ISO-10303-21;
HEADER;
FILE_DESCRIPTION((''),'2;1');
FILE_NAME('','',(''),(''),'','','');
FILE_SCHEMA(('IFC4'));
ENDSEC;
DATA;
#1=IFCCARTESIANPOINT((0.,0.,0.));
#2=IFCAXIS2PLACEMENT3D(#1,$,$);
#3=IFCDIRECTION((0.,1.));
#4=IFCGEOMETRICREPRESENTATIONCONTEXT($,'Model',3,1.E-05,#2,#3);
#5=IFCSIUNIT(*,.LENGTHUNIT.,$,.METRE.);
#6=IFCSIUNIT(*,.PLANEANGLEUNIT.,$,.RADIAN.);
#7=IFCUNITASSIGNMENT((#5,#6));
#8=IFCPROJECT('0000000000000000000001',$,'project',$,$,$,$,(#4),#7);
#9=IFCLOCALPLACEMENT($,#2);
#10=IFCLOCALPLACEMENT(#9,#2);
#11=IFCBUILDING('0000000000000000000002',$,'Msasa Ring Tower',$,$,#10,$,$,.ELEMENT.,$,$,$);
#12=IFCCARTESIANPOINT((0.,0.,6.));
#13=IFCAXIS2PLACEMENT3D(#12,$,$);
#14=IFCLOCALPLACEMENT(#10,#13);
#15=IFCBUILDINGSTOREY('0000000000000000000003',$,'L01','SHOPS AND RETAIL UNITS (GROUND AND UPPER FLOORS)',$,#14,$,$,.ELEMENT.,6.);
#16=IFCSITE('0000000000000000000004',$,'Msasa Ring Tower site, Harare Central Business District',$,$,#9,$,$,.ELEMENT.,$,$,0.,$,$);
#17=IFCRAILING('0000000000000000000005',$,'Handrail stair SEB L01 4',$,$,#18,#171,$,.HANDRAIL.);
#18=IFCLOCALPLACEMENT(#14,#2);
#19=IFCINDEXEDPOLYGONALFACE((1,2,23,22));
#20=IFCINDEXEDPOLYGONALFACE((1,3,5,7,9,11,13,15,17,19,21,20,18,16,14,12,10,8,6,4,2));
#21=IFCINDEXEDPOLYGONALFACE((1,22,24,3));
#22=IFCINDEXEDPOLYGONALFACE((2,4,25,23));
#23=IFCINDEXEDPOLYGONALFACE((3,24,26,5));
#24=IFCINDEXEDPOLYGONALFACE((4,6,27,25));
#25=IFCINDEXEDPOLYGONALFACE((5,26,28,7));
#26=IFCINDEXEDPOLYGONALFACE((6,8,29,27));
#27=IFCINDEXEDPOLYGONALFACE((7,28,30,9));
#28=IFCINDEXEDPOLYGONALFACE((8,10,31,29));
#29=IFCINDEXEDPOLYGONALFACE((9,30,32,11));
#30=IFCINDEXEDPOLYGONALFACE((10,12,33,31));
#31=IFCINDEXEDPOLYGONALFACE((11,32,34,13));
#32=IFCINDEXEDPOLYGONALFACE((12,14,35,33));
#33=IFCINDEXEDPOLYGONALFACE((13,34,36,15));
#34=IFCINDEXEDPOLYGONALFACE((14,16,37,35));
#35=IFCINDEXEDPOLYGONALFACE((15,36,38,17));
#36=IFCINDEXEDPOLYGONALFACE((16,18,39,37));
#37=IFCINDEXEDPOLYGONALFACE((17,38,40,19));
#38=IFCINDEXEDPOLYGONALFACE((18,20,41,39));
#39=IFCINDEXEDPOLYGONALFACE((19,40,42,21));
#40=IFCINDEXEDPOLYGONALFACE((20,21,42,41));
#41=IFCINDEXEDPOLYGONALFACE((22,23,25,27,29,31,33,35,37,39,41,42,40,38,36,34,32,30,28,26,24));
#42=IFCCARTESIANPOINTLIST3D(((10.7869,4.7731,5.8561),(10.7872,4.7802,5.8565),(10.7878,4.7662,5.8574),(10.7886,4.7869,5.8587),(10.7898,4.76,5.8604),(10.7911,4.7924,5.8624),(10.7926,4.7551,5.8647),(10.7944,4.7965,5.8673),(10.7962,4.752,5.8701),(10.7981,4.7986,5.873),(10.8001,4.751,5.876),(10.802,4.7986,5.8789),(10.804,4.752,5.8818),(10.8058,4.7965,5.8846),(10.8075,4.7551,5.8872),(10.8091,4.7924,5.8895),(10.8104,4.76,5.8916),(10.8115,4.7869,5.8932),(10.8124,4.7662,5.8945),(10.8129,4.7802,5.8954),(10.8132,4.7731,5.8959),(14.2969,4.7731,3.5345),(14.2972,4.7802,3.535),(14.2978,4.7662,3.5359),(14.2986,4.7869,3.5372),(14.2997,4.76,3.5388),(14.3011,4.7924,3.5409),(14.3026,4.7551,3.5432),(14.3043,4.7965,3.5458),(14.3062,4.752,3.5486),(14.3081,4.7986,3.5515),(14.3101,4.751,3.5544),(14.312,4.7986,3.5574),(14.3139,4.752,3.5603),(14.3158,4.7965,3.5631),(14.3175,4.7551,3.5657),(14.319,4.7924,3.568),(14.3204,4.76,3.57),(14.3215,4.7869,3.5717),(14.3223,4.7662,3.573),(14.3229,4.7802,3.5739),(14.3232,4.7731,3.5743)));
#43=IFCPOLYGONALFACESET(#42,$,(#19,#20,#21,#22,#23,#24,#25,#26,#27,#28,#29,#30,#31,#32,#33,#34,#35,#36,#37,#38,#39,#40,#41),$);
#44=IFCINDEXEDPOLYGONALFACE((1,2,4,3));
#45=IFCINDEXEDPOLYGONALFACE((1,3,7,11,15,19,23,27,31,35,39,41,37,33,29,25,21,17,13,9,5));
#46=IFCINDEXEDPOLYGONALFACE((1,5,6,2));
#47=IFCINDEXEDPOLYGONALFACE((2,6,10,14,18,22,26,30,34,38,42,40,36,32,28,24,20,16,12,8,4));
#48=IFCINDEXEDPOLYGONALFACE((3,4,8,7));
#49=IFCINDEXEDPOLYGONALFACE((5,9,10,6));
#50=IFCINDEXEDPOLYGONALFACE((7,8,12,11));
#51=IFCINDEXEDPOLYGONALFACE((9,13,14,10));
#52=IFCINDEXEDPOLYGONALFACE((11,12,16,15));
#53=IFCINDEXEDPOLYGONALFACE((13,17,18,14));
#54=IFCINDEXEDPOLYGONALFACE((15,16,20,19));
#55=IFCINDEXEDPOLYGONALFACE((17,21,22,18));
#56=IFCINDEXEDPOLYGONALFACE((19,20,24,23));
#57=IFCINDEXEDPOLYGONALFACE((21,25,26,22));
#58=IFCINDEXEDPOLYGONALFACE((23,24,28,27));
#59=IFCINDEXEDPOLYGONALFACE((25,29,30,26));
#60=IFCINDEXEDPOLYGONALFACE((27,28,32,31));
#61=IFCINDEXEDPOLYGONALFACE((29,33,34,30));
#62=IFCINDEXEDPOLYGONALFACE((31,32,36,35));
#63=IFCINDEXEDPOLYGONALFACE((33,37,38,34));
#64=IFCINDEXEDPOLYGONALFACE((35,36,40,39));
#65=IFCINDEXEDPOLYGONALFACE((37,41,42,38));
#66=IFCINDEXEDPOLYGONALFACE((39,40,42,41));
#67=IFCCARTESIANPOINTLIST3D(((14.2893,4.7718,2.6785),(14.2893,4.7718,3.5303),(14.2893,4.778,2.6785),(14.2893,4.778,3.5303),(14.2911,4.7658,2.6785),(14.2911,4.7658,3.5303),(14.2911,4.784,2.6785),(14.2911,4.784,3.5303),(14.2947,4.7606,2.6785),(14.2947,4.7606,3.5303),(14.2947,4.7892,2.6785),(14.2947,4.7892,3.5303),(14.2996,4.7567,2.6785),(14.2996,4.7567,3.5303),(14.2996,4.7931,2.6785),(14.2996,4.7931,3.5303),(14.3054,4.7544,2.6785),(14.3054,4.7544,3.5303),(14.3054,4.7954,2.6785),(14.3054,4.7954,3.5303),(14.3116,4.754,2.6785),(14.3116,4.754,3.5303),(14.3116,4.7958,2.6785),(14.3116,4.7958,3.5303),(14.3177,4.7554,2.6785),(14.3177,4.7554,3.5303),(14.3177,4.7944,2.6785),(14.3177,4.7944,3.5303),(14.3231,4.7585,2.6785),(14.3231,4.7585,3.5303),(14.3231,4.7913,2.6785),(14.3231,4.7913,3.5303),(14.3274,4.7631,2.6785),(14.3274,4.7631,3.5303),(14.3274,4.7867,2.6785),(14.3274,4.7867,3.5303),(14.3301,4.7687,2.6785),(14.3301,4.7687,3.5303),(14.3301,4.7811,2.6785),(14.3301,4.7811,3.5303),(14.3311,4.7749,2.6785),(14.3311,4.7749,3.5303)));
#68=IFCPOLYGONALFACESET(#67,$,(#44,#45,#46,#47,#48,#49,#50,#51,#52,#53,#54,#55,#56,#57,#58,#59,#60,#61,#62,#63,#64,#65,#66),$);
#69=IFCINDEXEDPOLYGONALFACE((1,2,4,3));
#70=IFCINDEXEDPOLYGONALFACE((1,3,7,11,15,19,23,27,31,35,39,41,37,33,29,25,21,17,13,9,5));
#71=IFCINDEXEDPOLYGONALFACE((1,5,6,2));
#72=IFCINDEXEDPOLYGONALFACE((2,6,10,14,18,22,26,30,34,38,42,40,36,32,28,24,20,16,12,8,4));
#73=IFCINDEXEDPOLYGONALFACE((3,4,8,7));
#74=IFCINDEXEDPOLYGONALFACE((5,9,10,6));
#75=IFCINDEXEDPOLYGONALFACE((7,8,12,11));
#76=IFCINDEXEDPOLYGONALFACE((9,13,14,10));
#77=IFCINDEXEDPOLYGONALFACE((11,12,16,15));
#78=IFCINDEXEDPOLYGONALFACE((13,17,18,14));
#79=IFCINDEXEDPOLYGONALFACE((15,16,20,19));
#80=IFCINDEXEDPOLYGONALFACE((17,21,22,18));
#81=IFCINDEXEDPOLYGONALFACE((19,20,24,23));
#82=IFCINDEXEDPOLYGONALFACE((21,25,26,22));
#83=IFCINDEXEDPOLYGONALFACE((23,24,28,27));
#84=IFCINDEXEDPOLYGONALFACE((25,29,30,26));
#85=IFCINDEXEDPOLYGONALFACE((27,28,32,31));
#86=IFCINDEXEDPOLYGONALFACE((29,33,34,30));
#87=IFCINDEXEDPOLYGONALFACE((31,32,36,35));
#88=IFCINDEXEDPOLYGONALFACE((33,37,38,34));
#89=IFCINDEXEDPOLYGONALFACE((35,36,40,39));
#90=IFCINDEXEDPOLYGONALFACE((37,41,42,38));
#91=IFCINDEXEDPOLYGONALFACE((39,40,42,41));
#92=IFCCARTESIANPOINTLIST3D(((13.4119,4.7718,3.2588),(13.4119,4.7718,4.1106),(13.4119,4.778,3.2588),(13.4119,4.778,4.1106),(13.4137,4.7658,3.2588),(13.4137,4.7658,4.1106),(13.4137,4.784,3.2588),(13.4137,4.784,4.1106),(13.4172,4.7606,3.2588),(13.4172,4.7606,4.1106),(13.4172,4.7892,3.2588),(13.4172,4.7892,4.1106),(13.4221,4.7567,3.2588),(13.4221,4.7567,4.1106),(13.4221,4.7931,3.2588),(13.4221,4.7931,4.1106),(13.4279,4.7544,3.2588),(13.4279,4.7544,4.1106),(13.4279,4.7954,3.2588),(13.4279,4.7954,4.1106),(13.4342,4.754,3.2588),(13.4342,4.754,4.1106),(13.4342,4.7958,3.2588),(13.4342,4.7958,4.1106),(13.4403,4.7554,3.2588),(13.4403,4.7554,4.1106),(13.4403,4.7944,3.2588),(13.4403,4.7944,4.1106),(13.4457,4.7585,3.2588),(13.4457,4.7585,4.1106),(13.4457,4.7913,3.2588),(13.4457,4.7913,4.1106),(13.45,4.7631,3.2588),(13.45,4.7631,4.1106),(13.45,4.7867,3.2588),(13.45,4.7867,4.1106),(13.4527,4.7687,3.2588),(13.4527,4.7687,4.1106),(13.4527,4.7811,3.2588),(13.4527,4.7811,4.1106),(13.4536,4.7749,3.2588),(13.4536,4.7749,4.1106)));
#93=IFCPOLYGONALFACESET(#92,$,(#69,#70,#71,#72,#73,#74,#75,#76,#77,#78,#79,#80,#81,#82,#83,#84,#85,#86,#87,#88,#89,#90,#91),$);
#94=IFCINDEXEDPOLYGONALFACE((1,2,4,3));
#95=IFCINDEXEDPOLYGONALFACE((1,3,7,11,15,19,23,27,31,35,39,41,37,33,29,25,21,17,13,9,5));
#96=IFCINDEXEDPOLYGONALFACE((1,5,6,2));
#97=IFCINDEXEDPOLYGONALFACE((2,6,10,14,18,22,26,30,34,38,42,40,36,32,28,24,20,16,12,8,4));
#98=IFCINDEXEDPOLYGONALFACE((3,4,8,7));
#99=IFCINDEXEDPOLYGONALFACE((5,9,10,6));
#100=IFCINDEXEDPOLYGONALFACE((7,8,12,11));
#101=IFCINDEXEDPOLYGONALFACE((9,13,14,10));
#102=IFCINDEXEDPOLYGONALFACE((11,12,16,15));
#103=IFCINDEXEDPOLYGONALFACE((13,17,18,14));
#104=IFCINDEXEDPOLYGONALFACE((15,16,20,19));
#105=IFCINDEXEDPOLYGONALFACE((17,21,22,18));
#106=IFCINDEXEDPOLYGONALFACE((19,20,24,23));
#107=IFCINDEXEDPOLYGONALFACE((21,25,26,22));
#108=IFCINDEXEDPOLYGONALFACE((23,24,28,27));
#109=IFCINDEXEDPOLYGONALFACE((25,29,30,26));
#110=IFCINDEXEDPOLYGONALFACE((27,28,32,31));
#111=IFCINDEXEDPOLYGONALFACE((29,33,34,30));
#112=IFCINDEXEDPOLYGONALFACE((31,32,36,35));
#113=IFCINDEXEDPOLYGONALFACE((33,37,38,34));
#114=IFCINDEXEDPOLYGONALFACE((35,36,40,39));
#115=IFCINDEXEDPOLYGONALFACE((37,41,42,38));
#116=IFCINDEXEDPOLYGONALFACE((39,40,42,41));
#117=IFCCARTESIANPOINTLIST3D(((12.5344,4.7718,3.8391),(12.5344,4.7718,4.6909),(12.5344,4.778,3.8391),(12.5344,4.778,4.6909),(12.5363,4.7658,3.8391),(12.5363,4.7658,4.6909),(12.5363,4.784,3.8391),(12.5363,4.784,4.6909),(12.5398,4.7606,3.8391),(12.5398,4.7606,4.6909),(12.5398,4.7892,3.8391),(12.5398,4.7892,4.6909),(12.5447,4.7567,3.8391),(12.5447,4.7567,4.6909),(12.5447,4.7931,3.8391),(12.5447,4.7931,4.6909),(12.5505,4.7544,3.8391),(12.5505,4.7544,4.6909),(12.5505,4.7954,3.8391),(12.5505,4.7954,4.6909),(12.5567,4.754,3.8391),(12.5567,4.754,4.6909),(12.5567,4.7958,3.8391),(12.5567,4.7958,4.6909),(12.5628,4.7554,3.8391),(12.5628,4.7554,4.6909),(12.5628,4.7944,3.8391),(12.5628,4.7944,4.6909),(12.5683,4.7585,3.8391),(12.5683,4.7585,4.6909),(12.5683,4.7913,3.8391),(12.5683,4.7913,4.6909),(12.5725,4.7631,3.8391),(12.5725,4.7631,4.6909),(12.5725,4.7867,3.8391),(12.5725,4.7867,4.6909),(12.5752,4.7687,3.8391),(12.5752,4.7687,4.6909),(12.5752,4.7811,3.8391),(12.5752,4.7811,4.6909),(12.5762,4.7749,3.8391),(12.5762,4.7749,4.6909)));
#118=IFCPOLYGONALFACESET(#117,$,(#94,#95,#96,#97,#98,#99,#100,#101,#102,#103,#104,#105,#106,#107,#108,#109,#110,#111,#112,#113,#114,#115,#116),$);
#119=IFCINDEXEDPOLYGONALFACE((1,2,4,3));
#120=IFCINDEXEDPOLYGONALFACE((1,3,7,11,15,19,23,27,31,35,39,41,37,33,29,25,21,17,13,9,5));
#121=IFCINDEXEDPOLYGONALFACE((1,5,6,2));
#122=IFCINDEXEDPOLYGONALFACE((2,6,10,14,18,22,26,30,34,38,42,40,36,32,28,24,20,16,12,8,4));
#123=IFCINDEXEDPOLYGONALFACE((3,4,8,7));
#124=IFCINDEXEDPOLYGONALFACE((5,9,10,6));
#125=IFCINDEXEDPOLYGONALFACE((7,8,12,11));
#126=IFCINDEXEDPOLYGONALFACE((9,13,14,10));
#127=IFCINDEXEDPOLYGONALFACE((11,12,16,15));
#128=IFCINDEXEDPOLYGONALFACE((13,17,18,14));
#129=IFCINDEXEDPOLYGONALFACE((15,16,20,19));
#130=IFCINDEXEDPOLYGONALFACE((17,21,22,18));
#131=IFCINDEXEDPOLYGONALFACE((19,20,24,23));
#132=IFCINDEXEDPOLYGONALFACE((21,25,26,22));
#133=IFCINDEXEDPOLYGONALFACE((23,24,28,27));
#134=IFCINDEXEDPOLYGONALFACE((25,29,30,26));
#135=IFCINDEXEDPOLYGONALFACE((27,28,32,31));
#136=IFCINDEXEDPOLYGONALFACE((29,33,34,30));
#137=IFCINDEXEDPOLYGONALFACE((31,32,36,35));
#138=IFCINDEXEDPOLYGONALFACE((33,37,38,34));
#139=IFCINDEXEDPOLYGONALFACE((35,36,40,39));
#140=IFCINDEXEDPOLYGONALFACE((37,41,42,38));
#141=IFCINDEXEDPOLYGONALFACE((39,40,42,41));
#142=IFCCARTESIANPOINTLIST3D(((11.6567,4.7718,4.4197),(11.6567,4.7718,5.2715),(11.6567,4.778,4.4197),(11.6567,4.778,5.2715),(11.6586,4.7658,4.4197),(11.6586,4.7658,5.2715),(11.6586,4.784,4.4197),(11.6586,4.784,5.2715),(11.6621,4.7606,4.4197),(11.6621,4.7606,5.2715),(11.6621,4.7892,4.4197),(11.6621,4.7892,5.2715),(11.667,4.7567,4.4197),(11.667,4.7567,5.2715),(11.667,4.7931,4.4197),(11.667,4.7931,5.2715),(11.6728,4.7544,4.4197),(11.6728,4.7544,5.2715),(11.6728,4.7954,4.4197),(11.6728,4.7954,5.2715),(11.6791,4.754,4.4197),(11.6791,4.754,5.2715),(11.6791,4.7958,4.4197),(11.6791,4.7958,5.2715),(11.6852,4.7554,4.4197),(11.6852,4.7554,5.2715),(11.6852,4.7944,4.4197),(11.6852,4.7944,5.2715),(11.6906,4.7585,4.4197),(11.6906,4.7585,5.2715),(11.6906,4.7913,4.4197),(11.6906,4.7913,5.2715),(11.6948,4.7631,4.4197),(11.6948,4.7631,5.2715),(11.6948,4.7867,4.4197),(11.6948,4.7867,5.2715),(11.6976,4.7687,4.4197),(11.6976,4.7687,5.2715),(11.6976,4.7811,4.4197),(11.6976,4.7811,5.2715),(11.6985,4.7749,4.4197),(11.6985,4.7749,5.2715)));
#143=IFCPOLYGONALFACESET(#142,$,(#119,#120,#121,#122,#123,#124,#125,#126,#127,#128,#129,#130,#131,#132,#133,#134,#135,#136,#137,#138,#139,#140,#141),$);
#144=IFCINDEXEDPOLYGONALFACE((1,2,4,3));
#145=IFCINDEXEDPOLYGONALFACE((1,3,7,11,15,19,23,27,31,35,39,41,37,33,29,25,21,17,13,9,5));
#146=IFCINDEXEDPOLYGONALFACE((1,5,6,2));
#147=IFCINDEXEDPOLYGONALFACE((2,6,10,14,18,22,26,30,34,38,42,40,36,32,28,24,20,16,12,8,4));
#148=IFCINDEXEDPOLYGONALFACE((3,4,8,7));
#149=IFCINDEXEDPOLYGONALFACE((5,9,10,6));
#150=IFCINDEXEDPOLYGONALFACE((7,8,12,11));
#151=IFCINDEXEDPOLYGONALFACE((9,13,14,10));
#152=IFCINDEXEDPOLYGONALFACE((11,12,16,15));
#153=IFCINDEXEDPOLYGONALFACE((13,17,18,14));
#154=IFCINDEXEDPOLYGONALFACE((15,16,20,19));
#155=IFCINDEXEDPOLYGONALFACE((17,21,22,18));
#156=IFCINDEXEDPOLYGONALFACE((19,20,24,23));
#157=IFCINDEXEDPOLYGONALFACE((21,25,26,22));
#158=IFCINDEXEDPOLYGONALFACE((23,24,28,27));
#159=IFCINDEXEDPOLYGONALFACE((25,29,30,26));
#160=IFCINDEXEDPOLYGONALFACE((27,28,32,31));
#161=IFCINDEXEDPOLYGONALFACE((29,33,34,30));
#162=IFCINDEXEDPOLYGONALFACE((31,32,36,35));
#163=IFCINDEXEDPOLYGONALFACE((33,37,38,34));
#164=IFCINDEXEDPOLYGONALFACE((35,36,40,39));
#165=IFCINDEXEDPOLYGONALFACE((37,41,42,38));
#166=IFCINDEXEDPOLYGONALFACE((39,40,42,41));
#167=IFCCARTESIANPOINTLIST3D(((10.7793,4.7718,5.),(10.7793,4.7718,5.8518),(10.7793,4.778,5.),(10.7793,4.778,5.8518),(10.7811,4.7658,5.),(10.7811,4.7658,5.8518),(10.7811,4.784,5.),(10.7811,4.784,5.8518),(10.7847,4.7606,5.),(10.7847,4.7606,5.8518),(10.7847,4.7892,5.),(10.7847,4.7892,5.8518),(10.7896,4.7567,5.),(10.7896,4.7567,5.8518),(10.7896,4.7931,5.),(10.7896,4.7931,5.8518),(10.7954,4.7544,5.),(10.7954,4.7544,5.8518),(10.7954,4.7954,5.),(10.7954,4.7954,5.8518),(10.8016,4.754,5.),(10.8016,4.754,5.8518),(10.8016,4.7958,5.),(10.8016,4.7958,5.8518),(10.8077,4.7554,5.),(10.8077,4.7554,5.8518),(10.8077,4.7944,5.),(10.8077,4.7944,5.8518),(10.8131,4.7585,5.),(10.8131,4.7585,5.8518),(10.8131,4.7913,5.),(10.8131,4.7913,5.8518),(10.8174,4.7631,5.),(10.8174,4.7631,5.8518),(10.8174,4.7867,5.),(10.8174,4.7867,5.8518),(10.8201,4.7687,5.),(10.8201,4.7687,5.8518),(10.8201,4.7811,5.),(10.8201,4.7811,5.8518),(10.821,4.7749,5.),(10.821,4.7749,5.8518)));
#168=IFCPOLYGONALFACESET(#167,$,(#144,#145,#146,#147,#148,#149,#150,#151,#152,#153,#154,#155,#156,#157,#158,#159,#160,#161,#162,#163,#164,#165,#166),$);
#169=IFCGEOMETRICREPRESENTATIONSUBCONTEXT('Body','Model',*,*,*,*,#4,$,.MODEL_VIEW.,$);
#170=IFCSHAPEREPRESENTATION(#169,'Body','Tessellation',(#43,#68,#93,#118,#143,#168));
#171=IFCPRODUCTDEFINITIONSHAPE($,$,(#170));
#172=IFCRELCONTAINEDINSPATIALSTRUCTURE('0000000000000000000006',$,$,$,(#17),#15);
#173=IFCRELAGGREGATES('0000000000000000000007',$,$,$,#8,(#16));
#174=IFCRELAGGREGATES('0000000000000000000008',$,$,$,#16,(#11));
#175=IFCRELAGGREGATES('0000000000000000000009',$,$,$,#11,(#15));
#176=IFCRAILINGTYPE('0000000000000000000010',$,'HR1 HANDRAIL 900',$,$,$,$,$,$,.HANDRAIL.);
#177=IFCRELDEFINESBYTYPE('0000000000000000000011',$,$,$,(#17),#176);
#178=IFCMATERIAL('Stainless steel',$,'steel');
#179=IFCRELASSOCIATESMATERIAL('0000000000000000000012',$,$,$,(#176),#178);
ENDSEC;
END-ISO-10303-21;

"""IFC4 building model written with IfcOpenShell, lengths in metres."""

from ifc_helpers import new_model, si_unit, direction, frame, origin, origin_2d, place, context, subcontext, project, spatial, circle, extrude, material, type_object, element, save


model = new_model("IFC4")

# Units and contexts
model_context = context("Model", 3, precision=1e-05, world=origin(), true_north=direction((0.0, 1.0)))
body_context = subcontext(model_context, "Body", "Model", "MODEL_VIEW")
ifc_project = project(units=[si_unit("LENGTHUNIT", "METRE"), si_unit("PLANEANGLEUNIT", "RADIAN")], contexts=[model_context])

# Site, building, storey
site_placement = place(None, origin())
site = spatial("IfcSite", under=ifc_project, at=site_placement, Name="Msasa Ring Tower site, Harare Central Business District", CompositionType="ELEMENT", RefElevation=0.0)
building_placement = place(site_placement, origin())
building = spatial("IfcBuilding", under=site, at=building_placement, Name="Msasa Ring Tower", CompositionType="ELEMENT")
storey_placement = place(building_placement, frame((0.0, 0.0, 6.0)))
storey = spatial("IfcBuildingStorey", under=building, at=storey_placement, Name="L01", Description="SHOPS AND RETAIL UNITS (GROUND AND UPPER FLOORS)", CompositionType="ELEMENT", Elevation=6.0)

# Railing
ifc_material_1 = material(Name="Stainless steel", Category="steel")
railing_type = type_object("IfcRailingType", Name="HR1 HANDRAIL 900", PredefinedType="HANDRAIL", material=ifc_material_1)
for number, where, name in (
    (1, (14.3101, 4.7749, 2.6785), "Handrail stair SEB L01 4"),
):
    element("IfcRailing", number, at=place(storey_placement, frame(where)), inside=storey, type_object=railing_type, Name=name, PredefinedType="HANDRAIL", context=body_context, shape_type="SweptSolid", body=[
        extrude(circle(Radius=0.0239, at=origin_2d()), frame((0.0, 0.0, 0.876), z_axis=(-0.834071, 0.0, 0.551657), x_axis=(0.0, -1.0, 0.0)), (0.0, 0.0, 1.0), 4.2083),
        extrude(circle(Radius=0.021, at=origin_2d()), origin(), (0.0, 0.0, 1.0), 0.8518),
        extrude(circle(Radius=0.021, at=origin_2d()), frame((-0.8774, 0.0, 0.5803)), (0.0, 0.0, 1.0), 0.8518),
        extrude(circle(Radius=0.021, at=origin_2d()), frame((-1.7549, 0.0, 1.1606)), (0.0, 0.0, 1.0), 0.8518),
        extrude(circle(Radius=0.021, at=origin_2d()), frame((-2.6326, 0.0, 1.7412)), (0.0, 0.0, 1.0), 0.8518),
        extrude(circle(Radius=0.021, at=origin_2d()), frame((-3.51, 0.0, 2.3215)), (0.0, 0.0, 1.0), 0.8518),
    ])

save(model, "model.ifc")
